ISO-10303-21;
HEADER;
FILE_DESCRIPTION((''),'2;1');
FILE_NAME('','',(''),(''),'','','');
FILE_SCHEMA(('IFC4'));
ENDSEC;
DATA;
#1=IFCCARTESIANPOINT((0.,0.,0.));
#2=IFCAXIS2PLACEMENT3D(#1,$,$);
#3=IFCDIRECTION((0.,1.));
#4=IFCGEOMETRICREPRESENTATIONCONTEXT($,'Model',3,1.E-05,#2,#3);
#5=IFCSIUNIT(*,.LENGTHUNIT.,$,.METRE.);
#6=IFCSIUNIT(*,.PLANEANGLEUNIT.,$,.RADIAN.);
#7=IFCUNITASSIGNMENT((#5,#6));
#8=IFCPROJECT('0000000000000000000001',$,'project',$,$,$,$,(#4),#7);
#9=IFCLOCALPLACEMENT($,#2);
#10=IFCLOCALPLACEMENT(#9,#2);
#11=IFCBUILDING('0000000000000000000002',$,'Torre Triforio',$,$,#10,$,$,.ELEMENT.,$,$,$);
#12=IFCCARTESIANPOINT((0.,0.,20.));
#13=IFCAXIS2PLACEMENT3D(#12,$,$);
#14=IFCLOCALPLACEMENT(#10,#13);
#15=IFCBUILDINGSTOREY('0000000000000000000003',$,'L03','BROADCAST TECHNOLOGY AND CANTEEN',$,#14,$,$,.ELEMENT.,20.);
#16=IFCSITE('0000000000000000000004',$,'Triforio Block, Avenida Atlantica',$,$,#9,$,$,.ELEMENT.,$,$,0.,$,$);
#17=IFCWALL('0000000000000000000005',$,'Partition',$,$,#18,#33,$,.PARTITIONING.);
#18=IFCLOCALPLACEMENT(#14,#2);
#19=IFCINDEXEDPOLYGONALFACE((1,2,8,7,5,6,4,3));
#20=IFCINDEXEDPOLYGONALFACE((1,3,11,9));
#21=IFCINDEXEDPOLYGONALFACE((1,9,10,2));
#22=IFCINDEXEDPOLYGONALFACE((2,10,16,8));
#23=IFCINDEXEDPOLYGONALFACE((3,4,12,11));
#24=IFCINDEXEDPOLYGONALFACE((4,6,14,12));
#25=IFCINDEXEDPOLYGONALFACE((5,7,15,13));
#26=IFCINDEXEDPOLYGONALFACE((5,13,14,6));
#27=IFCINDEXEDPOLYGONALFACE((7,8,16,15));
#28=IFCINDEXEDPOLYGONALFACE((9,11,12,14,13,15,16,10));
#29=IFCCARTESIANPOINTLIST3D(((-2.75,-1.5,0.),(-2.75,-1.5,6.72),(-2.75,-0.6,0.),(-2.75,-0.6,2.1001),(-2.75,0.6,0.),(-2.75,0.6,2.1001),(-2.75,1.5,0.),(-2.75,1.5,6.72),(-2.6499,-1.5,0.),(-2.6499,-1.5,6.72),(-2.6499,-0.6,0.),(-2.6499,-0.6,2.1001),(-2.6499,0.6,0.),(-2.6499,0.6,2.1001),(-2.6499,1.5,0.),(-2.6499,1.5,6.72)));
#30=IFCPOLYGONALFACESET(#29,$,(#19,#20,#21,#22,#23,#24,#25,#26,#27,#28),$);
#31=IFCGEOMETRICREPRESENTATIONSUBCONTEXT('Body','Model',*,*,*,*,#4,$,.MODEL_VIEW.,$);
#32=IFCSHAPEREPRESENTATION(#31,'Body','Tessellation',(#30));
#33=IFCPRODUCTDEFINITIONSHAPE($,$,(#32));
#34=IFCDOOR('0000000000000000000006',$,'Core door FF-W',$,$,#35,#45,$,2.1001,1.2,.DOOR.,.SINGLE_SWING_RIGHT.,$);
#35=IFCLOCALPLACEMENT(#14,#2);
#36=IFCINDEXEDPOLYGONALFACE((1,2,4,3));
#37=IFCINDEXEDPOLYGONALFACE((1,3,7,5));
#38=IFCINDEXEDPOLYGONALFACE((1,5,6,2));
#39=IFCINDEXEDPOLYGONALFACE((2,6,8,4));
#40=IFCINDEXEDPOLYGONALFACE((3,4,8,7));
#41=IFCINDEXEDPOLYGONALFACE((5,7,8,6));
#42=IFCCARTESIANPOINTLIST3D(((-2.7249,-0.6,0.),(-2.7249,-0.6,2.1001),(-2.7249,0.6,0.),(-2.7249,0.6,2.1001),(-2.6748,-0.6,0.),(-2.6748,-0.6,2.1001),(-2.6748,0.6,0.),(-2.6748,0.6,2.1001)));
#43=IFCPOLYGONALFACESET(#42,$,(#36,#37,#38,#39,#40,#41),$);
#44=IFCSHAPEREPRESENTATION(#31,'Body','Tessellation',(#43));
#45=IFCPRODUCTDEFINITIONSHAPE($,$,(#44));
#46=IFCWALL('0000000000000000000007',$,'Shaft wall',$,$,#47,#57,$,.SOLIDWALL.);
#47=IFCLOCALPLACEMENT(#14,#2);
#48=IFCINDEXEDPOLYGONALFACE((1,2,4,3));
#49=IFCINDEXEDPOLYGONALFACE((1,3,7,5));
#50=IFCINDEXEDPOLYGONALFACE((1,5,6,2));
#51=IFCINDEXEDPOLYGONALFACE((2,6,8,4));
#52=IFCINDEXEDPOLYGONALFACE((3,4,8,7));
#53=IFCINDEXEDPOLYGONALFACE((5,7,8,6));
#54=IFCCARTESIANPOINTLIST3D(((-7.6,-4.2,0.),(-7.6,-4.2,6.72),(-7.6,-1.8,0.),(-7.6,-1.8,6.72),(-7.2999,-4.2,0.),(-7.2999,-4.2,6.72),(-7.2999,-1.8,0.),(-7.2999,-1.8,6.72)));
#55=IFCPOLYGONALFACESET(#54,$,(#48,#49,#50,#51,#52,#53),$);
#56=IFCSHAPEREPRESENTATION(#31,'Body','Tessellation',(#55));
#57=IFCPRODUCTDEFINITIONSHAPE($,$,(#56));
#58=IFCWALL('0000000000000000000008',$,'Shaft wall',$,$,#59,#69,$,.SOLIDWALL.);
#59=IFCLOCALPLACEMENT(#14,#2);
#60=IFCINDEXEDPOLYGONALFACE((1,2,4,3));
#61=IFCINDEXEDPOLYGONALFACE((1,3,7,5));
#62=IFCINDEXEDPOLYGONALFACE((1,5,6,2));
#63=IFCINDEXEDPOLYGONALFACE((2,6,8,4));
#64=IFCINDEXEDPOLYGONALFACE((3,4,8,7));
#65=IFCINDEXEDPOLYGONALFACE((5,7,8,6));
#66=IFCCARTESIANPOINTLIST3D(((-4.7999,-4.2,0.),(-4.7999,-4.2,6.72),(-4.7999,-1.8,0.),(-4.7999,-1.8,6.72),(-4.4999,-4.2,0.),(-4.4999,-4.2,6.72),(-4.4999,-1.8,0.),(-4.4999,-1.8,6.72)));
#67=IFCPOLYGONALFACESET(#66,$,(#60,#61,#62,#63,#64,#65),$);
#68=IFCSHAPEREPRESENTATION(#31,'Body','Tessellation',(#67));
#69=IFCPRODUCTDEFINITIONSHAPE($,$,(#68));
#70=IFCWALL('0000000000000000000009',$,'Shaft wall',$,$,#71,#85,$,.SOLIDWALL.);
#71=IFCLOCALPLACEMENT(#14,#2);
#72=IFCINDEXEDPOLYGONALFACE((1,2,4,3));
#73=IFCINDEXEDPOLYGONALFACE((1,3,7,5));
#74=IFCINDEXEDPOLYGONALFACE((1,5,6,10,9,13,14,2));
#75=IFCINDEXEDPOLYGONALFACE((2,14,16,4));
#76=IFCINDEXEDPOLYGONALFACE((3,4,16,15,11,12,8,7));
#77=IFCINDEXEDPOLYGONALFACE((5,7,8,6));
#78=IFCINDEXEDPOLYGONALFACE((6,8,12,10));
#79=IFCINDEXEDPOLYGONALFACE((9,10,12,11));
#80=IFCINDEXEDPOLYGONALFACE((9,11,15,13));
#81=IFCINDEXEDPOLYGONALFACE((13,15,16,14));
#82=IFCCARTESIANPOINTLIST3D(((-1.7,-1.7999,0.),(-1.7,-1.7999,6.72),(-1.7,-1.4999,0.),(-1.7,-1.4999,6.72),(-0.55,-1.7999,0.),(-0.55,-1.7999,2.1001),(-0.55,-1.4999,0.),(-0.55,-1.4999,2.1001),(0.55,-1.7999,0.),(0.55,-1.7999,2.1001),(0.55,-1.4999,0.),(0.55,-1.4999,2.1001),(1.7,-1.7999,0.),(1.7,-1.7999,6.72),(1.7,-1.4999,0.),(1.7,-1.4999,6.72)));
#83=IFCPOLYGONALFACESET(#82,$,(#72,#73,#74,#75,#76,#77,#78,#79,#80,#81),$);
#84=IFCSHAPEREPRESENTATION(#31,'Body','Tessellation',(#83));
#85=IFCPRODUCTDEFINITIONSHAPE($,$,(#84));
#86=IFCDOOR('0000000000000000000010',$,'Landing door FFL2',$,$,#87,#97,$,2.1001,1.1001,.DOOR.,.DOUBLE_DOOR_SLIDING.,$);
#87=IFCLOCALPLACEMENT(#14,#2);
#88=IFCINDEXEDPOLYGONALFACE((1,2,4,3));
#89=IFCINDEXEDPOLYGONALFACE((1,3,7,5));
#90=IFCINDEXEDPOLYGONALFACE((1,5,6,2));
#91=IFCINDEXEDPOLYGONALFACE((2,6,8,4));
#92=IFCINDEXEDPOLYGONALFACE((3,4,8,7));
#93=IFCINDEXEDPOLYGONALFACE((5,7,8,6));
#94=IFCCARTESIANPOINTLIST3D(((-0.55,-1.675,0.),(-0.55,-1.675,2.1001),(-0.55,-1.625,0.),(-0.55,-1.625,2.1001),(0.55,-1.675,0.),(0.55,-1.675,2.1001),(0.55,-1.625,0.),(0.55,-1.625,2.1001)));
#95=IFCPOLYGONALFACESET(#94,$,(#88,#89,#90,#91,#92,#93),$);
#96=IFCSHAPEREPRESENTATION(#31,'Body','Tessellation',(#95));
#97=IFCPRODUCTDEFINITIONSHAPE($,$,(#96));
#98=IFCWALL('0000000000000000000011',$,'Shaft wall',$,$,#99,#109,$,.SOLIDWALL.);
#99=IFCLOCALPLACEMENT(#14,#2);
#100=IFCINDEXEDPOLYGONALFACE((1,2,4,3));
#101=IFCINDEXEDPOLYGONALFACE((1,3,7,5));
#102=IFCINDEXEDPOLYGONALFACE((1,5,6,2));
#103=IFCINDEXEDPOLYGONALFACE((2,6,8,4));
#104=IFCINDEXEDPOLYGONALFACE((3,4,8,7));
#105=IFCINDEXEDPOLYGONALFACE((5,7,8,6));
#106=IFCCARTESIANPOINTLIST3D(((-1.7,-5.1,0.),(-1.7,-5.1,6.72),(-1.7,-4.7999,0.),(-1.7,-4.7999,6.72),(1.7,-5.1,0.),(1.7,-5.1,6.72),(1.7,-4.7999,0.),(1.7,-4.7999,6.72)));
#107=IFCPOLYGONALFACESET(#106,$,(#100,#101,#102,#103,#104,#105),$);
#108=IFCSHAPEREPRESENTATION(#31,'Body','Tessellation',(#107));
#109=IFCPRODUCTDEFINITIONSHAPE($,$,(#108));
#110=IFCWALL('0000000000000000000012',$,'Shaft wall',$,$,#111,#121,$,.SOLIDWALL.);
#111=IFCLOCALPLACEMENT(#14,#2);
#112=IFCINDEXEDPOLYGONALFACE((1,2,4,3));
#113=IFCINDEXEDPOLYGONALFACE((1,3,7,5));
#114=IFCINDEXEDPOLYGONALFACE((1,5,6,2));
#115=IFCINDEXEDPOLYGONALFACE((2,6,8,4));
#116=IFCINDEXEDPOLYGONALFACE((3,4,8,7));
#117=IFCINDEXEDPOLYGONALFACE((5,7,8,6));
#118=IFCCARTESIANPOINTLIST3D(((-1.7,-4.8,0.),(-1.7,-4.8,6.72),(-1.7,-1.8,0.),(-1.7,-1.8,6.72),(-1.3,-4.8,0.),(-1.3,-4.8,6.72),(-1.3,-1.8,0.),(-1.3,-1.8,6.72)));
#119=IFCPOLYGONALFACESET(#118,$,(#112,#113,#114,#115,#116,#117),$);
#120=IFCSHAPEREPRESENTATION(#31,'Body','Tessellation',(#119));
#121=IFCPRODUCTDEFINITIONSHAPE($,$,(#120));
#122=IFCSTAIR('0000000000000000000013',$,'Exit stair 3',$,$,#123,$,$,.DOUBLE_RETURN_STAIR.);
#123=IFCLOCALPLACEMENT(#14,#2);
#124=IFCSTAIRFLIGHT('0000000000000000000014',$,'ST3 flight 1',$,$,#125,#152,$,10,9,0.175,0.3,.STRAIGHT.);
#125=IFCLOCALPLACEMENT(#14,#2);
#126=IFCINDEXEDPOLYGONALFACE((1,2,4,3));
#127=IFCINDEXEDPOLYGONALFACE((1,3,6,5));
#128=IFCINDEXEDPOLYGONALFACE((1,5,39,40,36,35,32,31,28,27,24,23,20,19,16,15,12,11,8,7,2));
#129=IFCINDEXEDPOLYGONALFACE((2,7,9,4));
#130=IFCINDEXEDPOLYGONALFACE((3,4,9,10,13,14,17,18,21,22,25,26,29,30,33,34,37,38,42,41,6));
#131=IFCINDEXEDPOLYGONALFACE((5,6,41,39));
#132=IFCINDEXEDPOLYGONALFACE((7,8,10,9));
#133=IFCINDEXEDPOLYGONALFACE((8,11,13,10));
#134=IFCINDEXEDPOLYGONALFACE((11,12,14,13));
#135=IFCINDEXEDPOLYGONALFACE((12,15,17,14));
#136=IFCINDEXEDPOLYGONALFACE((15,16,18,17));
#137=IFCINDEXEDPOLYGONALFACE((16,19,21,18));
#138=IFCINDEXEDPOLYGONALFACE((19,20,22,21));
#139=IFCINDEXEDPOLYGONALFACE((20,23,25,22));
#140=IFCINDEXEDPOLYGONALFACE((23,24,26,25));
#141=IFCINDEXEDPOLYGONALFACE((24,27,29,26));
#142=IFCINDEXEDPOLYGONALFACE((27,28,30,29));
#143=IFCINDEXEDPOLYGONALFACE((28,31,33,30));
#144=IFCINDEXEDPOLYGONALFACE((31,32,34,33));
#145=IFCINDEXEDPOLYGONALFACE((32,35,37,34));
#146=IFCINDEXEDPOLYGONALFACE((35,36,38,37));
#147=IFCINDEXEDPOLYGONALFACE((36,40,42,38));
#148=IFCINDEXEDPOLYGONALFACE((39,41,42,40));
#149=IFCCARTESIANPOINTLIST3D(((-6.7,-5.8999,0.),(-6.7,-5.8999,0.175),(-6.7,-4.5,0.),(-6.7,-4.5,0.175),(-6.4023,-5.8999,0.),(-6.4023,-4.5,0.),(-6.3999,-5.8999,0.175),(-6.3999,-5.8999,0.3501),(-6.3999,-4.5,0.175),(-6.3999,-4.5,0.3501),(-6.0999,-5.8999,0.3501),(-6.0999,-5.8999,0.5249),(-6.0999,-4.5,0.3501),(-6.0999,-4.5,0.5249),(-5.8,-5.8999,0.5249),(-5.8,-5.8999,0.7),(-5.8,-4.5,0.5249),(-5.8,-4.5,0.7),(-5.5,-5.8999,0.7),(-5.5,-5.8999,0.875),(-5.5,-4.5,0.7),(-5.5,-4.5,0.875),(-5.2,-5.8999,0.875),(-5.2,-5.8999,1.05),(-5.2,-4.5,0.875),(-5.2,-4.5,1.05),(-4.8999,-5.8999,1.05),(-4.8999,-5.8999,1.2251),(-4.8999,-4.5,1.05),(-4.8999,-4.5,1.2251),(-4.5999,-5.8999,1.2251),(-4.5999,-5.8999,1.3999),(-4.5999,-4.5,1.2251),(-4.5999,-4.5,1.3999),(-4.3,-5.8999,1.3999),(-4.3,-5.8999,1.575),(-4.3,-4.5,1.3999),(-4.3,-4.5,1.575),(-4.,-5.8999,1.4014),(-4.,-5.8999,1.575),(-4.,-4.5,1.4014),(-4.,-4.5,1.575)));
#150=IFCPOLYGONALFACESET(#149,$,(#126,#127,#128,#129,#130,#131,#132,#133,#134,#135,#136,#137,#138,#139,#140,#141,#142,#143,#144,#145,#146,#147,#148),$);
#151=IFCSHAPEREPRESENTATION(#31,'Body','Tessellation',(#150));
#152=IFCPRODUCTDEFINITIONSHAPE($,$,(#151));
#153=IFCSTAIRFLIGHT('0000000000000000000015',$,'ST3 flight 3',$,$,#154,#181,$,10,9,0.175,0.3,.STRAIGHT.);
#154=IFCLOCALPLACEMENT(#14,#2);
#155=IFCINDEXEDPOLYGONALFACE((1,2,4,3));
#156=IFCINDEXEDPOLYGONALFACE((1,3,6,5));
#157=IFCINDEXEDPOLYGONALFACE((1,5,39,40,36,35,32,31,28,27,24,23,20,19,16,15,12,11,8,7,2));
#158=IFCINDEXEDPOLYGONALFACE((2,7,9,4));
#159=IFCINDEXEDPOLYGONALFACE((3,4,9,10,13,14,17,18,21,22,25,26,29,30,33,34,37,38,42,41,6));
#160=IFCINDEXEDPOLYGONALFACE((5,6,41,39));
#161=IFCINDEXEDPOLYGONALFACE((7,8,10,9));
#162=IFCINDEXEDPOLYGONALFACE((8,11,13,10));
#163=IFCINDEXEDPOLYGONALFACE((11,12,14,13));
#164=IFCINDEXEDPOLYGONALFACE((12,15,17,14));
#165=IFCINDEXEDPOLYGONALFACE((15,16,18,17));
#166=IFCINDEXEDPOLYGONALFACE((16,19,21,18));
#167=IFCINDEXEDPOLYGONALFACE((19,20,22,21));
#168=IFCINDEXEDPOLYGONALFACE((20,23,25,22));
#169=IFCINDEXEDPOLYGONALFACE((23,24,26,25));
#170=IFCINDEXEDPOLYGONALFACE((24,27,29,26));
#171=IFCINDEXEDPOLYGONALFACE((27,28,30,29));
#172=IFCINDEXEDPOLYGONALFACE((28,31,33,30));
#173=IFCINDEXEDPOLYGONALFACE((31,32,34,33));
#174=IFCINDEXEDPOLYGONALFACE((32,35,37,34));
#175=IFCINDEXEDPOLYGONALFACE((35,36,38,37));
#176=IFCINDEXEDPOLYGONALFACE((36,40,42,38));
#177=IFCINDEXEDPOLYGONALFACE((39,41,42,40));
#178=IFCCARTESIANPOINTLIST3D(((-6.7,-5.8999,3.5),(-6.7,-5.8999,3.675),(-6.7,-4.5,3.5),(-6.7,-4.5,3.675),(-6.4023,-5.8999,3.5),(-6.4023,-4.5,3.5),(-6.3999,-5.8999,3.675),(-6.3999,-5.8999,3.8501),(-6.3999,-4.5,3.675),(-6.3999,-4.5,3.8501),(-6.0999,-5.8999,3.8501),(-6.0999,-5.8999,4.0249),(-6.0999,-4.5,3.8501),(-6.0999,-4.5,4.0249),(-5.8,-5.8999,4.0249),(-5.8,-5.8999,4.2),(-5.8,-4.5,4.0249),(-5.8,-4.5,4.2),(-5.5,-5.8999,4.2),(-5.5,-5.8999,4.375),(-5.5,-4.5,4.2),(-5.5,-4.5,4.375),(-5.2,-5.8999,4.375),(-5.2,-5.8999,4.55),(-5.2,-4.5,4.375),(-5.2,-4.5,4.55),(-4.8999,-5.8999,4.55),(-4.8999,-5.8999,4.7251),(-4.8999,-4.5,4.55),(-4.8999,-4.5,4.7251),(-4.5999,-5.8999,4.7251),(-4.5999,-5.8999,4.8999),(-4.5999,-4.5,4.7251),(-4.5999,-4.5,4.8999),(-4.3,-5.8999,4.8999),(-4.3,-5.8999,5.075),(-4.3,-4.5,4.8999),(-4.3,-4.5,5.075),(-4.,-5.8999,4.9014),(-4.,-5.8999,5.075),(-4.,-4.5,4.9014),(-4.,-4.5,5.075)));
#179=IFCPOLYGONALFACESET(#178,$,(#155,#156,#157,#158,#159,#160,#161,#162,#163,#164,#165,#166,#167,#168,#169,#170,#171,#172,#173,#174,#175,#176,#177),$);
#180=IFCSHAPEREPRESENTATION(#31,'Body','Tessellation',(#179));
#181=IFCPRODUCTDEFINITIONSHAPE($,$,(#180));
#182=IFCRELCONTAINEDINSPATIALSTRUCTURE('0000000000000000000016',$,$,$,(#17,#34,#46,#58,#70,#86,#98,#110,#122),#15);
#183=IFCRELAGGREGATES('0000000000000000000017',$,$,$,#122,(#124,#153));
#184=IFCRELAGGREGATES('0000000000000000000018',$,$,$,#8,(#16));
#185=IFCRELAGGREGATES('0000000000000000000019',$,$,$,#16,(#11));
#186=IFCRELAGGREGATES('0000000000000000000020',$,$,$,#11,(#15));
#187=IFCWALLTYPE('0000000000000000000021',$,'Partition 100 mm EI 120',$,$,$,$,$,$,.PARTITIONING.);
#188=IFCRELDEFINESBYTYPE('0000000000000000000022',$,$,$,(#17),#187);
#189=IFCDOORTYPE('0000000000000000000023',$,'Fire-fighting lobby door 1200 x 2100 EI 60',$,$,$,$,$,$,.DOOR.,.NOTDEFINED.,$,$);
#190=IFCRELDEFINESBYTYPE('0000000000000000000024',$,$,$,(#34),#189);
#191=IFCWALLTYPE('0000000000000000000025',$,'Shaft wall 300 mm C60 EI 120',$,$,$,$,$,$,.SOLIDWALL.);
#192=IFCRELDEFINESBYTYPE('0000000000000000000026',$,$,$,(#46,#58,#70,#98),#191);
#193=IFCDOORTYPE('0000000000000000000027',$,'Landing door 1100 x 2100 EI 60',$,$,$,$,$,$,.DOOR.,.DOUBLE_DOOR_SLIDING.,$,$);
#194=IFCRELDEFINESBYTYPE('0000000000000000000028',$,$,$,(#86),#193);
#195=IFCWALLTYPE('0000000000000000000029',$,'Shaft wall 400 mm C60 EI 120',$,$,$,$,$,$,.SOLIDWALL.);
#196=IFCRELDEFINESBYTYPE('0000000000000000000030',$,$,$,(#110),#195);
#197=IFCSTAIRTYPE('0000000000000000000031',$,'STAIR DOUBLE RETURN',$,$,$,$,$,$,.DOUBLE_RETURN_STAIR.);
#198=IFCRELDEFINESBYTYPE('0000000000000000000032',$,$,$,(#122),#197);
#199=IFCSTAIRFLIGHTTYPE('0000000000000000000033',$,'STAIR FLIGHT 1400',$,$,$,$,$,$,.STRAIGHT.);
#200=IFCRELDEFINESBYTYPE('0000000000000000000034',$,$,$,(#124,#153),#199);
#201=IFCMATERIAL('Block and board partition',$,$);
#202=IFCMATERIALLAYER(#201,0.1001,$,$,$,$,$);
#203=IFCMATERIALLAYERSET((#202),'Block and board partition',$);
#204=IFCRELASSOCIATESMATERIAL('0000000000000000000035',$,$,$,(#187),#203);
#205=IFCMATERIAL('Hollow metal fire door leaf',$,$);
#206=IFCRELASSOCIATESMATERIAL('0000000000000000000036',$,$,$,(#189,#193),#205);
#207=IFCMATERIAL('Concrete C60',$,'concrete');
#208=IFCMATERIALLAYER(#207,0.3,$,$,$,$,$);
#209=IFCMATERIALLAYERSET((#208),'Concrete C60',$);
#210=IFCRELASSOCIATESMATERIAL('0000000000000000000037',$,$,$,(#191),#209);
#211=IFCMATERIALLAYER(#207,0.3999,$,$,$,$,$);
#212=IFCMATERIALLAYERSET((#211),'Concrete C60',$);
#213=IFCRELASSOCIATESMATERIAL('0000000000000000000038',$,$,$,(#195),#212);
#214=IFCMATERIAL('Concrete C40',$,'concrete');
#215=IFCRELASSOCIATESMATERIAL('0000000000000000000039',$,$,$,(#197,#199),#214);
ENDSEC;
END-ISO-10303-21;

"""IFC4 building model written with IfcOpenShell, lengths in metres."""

from ifc_helpers import new_model, si_unit, direction, frame, frame_2d, origin, place, context, subcontext, project, spatial, polyline, rectangle, outline, extrude, material, layer, layer_set, type_object, element, fill, aggregate, save


model = new_model("IFC4")

# Units and contexts
model_context = context("Model", 3, precision=1e-05, world=origin(), true_north=direction((0.0, 1.0)))
body_context = subcontext(model_context, "Body", "Model", "MODEL_VIEW")
ifc_project = project(units=[si_unit("LENGTHUNIT", "METRE"), si_unit("PLANEANGLEUNIT", "RADIAN")], contexts=[model_context])

# Site, building, storey
site_placement = place(None, origin())
site = spatial("IfcSite", under=ifc_project, at=site_placement, Name="Triforio Block, Avenida Atlantica", CompositionType="ELEMENT", RefElevation=0.0)
building_placement = place(site_placement, origin())
building = spatial("IfcBuilding", under=site, at=building_placement, Name="Torre Triforio", CompositionType="ELEMENT")
storey_placement = place(building_placement, frame((0.0, 0.0, 20.0)))
storey = spatial("IfcBuildingStorey", under=building, at=storey_placement, Name="L03", Description="BROADCAST TECHNOLOGY AND CANTEEN", CompositionType="ELEMENT", Elevation=20.0)

# Wall, opening, door
ifc_material_1 = material(Name="Block and board partition")
ifc_layer_1 = layer(ifc_material_1, 0.1001)
ifc_layer_set_1 = layer_set([ifc_layer_1], Name="Block and board partition")
wall_type_1 = type_object("IfcWallType", Name="Partition 100 mm EI 120", PredefinedType="PARTITIONING", material=ifc_layer_set_1)
wall_1_placement = place(storey_placement, frame((-2.7, -1.5, 0.0), z_axis=(0.0, 0.0, 1.0), x_axis=(0.0, 1.0, 0.0)))
wall_1 = element("IfcWall", 1, at=wall_1_placement, inside=storey, type_object=wall_type_1, Name="Partition", PredefinedType="PARTITIONING", context=body_context, shape_type="SweptSolid", body=[
    extrude(rectangle(XDim=3.0, YDim=0.1001, at=frame_2d((1.5, 0.0))), origin(), (0.0, 0.0, 1.0), 6.72),
])
opening_1_placement = place(wall_1_placement, frame((0.8999, 0.0, 0.0)))
opening_1 = element("IfcOpeningElement", 2, at=opening_1_placement, cuts=wall_1, PredefinedType="OPENING", context=body_context, shape_type="SweptSolid", body=[
    extrude(rectangle(XDim=1.2, YDim=2.1001, at=frame_2d((0.6001, 1.05))), frame((0.0, 0.0601, 0.0), z_axis=(0.0, -1.0, 0.0), x_axis=(1.0, 0.0, 0.0)), (0.0, 0.0, 1.0), 0.1201),
])
ifc_material_2 = material(Name="Hollow metal fire door leaf")
door_type_1 = type_object("IfcDoorType", Name="Fire-fighting lobby door 1200 x 2100 EI 60", OperationType="NOTDEFINED", PredefinedType="DOOR", material=ifc_material_2)
door_1_placement = place(opening_1_placement, origin())
door_1 = element("IfcDoor", 3, at=door_1_placement, inside=storey, type_object=door_type_1, Name="Core door FF-W", OperationType="SINGLE_SWING_RIGHT", OverallHeight=2.1001, OverallWidth=1.2, PredefinedType="DOOR", context=body_context, shape_type="SweptSolid", body=[
    extrude(rectangle(XDim=1.2, YDim=2.1001, at=frame_2d((0.6001, 1.05))), frame((0.0, 0.0249, 0.0), z_axis=(0.0, -1.0, 0.0), x_axis=(1.0, 0.0, 0.0)), (0.0, 0.0, 1.0), 0.05),
])
fill(opening_1, door_1)

# Walls
ifc_material_3 = material(Name="Concrete C60", Category="concrete")
ifc_layer_2 = layer(ifc_material_3, 0.3)
ifc_layer_set_2 = layer_set([ifc_layer_2], Name="Concrete C60")
wall_type_2 = type_object("IfcWallType", Name="Shaft wall 300 mm C60 EI 120", PredefinedType="SOLIDWALL", material=ifc_layer_set_2)
for number, where, z_axis, x_axis, name in (
    (4, (-7.45, -4.2, 0.0), (0.0, 0.0, 1.0), (0.0, 1.0, 0.0), "Shaft wall"),
    (5, (-4.6499, -4.2, 0.0), (0.0, 0.0, 1.0), (0.0, 1.0, 0.0), "Shaft wall"),
):
    element("IfcWall", number, at=place(storey_placement, frame(where, z_axis=z_axis, x_axis=x_axis)), inside=storey, type_object=wall_type_2, Name=name, PredefinedType="SOLIDWALL", context=body_context, shape_type="SweptSolid", body=[
        extrude(rectangle(XDim=2.3999, YDim=0.3, at=frame_2d((1.2, 0.0))), origin(), (0.0, 0.0, 1.0), 6.72),
    ])

# Wall, opening, door
wall_2_placement = place(storey_placement, frame((-1.7, -1.6499, 0.0), z_axis=(0.0, 0.0, 1.0), x_axis=(1.0, 0.0, 0.0)))
wall_2 = element("IfcWall", 6, at=wall_2_placement, inside=storey, type_object=wall_type_2, Name="Shaft wall", PredefinedType="SOLIDWALL", context=body_context, shape_type="SweptSolid", body=[
    extrude(rectangle(XDim=3.3999, YDim=0.3, at=frame_2d((1.7, 0.0))), origin(), (0.0, 0.0, 1.0), 6.72),
])
opening_2_placement = place(wall_2_placement, frame((1.1499, 0.0, 0.0)))
opening_2 = element("IfcOpeningElement", 7, at=opening_2_placement, cuts=wall_2, PredefinedType="OPENING", context=body_context, shape_type="SweptSolid", body=[
    extrude(rectangle(XDim=1.1001, YDim=2.1001, at=frame_2d((0.55, 1.05))), frame((0.0, 0.1599, 0.0), z_axis=(0.0, -1.0, 0.0), x_axis=(1.0, 0.0, 0.0)), (0.0, 0.0, 1.0), 0.3201),
])
door_type_2 = type_object("IfcDoorType", Name="Landing door 1100 x 2100 EI 60", OperationType="DOUBLE_DOOR_SLIDING", PredefinedType="DOOR", material=ifc_material_2)
door_2_placement = place(opening_2_placement, origin())
door_2 = element("IfcDoor", 8, at=door_2_placement, inside=storey, type_object=door_type_2, Name="Landing door FFL2", OperationType="DOUBLE_DOOR_SLIDING", OverallHeight=2.1001, OverallWidth=1.1001, PredefinedType="DOOR", context=body_context, shape_type="SweptSolid", body=[
    extrude(rectangle(XDim=1.1001, YDim=2.1001, at=frame_2d((0.55, 1.05))), frame((0.0, 0.0249, 0.0), z_axis=(0.0, -1.0, 0.0), x_axis=(1.0, 0.0, 0.0)), (0.0, 0.0, 1.0), 0.05),
])
fill(opening_2, door_2)

# Walls
wall_3_placement = place(storey_placement, frame((-1.7, -4.95, 0.0), z_axis=(0.0, 0.0, 1.0), x_axis=(1.0, 0.0, 0.0)))
element("IfcWall", 9, at=wall_3_placement, inside=storey, type_object=wall_type_2, Name="Shaft wall", PredefinedType="SOLIDWALL", context=body_context, shape_type="SweptSolid", body=[
    extrude(rectangle(XDim=3.3999, YDim=0.3, at=frame_2d((1.7, 0.0))), origin(), (0.0, 0.0, 1.0), 6.72),
])
ifc_layer_3 = layer(ifc_material_3, 0.3999)
ifc_layer_set_3 = layer_set([ifc_layer_3], Name="Concrete C60")
wall_type_3 = type_object("IfcWallType", Name="Shaft wall 400 mm C60 EI 120", PredefinedType="SOLIDWALL", material=ifc_layer_set_3)
wall_4_placement = place(storey_placement, frame((-1.5, -4.8, 0.0), z_axis=(0.0, 0.0, 1.0), x_axis=(0.0, 1.0, 0.0)))
element("IfcWall", 10, at=wall_4_placement, inside=storey, type_object=wall_type_3, Name="Shaft wall", PredefinedType="SOLIDWALL", context=body_context, shape_type="SweptSolid", body=[
    extrude(rectangle(XDim=3.0, YDim=0.3999, at=frame_2d((1.5, 0.0))), origin(), (0.0, 0.0, 1.0), 6.72),
])

# Stair, stair flights
ifc_material_4 = material(Name="Concrete C40", Category="concrete")
stair_type = type_object("IfcStairType", Name="STAIR DOUBLE RETURN", PredefinedType="DOUBLE_RETURN_STAIR", material=ifc_material_4)
stair_placement = place(storey_placement, origin())
stair = element("IfcStair", 11, at=stair_placement, inside=storey, type_object=stair_type, Name="Exit stair 3", PredefinedType="DOUBLE_RETURN_STAIR")
stair_flight_type = type_object("IfcStairFlightType", Name="STAIR FLIGHT 1400", PredefinedType="STRAIGHT", material=ifc_material_4)
stair_flight_1_placement = place(storey_placement, frame((-6.7, -5.2, 0.0), z_axis=(0.0, 0.0, 1.0), x_axis=(1.0, 0.0, 0.0)))
stair_flight_1 = element("IfcStairFlight", 12, at=stair_flight_1_placement, type_object=stair_flight_type, Name="ST3 flight 1", NumberOfRisers=10, NumberOfTreads=9, PredefinedType="STRAIGHT", RiserHeight=0.175, TreadLength=0.3, context=body_context, shape_type="SweptSolid", body=[
    extrude(outline(polyline([(0.0, 0.0), (0.0, 0.175), (0.3, 0.175), (0.3, 0.3501), (0.6001, 0.3501), (0.6001, 0.5249), (0.8999, 0.5249), (0.8999, 0.7), (1.2, 0.7), (1.2, 0.875), (1.5, 0.875), (1.5, 1.05), (1.8, 1.05), (1.8, 1.2251), (2.1001, 1.2251), (2.1001, 1.3999), (2.3999, 1.3999), (2.3999, 1.575), (2.7, 1.575), (2.7, 1.75), (2.7, 1.4014), (0.2976, 0.0), (0.0, 0.0)])), frame((0.0, 0.7, 0.0), z_axis=(0.0, -1.0, 0.0), x_axis=(1.0, 0.0, 0.0)), (0.0, 0.0, 1.0), 1.3999),
])
stair_flight_2_placement = place(storey_placement, frame((-6.7, -5.2, 3.5), z_axis=(0.0, 0.0, 1.0), x_axis=(1.0, 0.0, 0.0)))
stair_flight_2 = element("IfcStairFlight", 13, at=stair_flight_2_placement, type_object=stair_flight_type, Name="ST3 flight 3", NumberOfRisers=10, NumberOfTreads=9, PredefinedType="STRAIGHT", RiserHeight=0.175, TreadLength=0.3, context=body_context, shape_type="SweptSolid", body=[
    extrude(outline(polyline([(0.0, 0.0), (0.0, 0.175), (0.3, 0.175), (0.3, 0.3501), (0.6001, 0.3501), (0.6001, 0.5249), (0.8999, 0.5249), (0.8999, 0.7), (1.2, 0.7), (1.2, 0.875), (1.5, 0.875), (1.5, 1.05), (1.8, 1.05), (1.8, 1.2251), (2.1001, 1.2251), (2.1001, 1.3999), (2.3999, 1.3999), (2.3999, 1.575), (2.7, 1.575), (2.7, 1.75), (2.7, 1.4014), (0.2976, 0.0), (0.0, 0.0)])), frame((0.0, 0.7, 0.0), z_axis=(0.0, -1.0, 0.0), x_axis=(1.0, 0.0, 0.0)), (0.0, 0.0, 1.0), 1.3999),
])
aggregate(stair, [stair_flight_1, stair_flight_2])

save(model, "model.ifc")
